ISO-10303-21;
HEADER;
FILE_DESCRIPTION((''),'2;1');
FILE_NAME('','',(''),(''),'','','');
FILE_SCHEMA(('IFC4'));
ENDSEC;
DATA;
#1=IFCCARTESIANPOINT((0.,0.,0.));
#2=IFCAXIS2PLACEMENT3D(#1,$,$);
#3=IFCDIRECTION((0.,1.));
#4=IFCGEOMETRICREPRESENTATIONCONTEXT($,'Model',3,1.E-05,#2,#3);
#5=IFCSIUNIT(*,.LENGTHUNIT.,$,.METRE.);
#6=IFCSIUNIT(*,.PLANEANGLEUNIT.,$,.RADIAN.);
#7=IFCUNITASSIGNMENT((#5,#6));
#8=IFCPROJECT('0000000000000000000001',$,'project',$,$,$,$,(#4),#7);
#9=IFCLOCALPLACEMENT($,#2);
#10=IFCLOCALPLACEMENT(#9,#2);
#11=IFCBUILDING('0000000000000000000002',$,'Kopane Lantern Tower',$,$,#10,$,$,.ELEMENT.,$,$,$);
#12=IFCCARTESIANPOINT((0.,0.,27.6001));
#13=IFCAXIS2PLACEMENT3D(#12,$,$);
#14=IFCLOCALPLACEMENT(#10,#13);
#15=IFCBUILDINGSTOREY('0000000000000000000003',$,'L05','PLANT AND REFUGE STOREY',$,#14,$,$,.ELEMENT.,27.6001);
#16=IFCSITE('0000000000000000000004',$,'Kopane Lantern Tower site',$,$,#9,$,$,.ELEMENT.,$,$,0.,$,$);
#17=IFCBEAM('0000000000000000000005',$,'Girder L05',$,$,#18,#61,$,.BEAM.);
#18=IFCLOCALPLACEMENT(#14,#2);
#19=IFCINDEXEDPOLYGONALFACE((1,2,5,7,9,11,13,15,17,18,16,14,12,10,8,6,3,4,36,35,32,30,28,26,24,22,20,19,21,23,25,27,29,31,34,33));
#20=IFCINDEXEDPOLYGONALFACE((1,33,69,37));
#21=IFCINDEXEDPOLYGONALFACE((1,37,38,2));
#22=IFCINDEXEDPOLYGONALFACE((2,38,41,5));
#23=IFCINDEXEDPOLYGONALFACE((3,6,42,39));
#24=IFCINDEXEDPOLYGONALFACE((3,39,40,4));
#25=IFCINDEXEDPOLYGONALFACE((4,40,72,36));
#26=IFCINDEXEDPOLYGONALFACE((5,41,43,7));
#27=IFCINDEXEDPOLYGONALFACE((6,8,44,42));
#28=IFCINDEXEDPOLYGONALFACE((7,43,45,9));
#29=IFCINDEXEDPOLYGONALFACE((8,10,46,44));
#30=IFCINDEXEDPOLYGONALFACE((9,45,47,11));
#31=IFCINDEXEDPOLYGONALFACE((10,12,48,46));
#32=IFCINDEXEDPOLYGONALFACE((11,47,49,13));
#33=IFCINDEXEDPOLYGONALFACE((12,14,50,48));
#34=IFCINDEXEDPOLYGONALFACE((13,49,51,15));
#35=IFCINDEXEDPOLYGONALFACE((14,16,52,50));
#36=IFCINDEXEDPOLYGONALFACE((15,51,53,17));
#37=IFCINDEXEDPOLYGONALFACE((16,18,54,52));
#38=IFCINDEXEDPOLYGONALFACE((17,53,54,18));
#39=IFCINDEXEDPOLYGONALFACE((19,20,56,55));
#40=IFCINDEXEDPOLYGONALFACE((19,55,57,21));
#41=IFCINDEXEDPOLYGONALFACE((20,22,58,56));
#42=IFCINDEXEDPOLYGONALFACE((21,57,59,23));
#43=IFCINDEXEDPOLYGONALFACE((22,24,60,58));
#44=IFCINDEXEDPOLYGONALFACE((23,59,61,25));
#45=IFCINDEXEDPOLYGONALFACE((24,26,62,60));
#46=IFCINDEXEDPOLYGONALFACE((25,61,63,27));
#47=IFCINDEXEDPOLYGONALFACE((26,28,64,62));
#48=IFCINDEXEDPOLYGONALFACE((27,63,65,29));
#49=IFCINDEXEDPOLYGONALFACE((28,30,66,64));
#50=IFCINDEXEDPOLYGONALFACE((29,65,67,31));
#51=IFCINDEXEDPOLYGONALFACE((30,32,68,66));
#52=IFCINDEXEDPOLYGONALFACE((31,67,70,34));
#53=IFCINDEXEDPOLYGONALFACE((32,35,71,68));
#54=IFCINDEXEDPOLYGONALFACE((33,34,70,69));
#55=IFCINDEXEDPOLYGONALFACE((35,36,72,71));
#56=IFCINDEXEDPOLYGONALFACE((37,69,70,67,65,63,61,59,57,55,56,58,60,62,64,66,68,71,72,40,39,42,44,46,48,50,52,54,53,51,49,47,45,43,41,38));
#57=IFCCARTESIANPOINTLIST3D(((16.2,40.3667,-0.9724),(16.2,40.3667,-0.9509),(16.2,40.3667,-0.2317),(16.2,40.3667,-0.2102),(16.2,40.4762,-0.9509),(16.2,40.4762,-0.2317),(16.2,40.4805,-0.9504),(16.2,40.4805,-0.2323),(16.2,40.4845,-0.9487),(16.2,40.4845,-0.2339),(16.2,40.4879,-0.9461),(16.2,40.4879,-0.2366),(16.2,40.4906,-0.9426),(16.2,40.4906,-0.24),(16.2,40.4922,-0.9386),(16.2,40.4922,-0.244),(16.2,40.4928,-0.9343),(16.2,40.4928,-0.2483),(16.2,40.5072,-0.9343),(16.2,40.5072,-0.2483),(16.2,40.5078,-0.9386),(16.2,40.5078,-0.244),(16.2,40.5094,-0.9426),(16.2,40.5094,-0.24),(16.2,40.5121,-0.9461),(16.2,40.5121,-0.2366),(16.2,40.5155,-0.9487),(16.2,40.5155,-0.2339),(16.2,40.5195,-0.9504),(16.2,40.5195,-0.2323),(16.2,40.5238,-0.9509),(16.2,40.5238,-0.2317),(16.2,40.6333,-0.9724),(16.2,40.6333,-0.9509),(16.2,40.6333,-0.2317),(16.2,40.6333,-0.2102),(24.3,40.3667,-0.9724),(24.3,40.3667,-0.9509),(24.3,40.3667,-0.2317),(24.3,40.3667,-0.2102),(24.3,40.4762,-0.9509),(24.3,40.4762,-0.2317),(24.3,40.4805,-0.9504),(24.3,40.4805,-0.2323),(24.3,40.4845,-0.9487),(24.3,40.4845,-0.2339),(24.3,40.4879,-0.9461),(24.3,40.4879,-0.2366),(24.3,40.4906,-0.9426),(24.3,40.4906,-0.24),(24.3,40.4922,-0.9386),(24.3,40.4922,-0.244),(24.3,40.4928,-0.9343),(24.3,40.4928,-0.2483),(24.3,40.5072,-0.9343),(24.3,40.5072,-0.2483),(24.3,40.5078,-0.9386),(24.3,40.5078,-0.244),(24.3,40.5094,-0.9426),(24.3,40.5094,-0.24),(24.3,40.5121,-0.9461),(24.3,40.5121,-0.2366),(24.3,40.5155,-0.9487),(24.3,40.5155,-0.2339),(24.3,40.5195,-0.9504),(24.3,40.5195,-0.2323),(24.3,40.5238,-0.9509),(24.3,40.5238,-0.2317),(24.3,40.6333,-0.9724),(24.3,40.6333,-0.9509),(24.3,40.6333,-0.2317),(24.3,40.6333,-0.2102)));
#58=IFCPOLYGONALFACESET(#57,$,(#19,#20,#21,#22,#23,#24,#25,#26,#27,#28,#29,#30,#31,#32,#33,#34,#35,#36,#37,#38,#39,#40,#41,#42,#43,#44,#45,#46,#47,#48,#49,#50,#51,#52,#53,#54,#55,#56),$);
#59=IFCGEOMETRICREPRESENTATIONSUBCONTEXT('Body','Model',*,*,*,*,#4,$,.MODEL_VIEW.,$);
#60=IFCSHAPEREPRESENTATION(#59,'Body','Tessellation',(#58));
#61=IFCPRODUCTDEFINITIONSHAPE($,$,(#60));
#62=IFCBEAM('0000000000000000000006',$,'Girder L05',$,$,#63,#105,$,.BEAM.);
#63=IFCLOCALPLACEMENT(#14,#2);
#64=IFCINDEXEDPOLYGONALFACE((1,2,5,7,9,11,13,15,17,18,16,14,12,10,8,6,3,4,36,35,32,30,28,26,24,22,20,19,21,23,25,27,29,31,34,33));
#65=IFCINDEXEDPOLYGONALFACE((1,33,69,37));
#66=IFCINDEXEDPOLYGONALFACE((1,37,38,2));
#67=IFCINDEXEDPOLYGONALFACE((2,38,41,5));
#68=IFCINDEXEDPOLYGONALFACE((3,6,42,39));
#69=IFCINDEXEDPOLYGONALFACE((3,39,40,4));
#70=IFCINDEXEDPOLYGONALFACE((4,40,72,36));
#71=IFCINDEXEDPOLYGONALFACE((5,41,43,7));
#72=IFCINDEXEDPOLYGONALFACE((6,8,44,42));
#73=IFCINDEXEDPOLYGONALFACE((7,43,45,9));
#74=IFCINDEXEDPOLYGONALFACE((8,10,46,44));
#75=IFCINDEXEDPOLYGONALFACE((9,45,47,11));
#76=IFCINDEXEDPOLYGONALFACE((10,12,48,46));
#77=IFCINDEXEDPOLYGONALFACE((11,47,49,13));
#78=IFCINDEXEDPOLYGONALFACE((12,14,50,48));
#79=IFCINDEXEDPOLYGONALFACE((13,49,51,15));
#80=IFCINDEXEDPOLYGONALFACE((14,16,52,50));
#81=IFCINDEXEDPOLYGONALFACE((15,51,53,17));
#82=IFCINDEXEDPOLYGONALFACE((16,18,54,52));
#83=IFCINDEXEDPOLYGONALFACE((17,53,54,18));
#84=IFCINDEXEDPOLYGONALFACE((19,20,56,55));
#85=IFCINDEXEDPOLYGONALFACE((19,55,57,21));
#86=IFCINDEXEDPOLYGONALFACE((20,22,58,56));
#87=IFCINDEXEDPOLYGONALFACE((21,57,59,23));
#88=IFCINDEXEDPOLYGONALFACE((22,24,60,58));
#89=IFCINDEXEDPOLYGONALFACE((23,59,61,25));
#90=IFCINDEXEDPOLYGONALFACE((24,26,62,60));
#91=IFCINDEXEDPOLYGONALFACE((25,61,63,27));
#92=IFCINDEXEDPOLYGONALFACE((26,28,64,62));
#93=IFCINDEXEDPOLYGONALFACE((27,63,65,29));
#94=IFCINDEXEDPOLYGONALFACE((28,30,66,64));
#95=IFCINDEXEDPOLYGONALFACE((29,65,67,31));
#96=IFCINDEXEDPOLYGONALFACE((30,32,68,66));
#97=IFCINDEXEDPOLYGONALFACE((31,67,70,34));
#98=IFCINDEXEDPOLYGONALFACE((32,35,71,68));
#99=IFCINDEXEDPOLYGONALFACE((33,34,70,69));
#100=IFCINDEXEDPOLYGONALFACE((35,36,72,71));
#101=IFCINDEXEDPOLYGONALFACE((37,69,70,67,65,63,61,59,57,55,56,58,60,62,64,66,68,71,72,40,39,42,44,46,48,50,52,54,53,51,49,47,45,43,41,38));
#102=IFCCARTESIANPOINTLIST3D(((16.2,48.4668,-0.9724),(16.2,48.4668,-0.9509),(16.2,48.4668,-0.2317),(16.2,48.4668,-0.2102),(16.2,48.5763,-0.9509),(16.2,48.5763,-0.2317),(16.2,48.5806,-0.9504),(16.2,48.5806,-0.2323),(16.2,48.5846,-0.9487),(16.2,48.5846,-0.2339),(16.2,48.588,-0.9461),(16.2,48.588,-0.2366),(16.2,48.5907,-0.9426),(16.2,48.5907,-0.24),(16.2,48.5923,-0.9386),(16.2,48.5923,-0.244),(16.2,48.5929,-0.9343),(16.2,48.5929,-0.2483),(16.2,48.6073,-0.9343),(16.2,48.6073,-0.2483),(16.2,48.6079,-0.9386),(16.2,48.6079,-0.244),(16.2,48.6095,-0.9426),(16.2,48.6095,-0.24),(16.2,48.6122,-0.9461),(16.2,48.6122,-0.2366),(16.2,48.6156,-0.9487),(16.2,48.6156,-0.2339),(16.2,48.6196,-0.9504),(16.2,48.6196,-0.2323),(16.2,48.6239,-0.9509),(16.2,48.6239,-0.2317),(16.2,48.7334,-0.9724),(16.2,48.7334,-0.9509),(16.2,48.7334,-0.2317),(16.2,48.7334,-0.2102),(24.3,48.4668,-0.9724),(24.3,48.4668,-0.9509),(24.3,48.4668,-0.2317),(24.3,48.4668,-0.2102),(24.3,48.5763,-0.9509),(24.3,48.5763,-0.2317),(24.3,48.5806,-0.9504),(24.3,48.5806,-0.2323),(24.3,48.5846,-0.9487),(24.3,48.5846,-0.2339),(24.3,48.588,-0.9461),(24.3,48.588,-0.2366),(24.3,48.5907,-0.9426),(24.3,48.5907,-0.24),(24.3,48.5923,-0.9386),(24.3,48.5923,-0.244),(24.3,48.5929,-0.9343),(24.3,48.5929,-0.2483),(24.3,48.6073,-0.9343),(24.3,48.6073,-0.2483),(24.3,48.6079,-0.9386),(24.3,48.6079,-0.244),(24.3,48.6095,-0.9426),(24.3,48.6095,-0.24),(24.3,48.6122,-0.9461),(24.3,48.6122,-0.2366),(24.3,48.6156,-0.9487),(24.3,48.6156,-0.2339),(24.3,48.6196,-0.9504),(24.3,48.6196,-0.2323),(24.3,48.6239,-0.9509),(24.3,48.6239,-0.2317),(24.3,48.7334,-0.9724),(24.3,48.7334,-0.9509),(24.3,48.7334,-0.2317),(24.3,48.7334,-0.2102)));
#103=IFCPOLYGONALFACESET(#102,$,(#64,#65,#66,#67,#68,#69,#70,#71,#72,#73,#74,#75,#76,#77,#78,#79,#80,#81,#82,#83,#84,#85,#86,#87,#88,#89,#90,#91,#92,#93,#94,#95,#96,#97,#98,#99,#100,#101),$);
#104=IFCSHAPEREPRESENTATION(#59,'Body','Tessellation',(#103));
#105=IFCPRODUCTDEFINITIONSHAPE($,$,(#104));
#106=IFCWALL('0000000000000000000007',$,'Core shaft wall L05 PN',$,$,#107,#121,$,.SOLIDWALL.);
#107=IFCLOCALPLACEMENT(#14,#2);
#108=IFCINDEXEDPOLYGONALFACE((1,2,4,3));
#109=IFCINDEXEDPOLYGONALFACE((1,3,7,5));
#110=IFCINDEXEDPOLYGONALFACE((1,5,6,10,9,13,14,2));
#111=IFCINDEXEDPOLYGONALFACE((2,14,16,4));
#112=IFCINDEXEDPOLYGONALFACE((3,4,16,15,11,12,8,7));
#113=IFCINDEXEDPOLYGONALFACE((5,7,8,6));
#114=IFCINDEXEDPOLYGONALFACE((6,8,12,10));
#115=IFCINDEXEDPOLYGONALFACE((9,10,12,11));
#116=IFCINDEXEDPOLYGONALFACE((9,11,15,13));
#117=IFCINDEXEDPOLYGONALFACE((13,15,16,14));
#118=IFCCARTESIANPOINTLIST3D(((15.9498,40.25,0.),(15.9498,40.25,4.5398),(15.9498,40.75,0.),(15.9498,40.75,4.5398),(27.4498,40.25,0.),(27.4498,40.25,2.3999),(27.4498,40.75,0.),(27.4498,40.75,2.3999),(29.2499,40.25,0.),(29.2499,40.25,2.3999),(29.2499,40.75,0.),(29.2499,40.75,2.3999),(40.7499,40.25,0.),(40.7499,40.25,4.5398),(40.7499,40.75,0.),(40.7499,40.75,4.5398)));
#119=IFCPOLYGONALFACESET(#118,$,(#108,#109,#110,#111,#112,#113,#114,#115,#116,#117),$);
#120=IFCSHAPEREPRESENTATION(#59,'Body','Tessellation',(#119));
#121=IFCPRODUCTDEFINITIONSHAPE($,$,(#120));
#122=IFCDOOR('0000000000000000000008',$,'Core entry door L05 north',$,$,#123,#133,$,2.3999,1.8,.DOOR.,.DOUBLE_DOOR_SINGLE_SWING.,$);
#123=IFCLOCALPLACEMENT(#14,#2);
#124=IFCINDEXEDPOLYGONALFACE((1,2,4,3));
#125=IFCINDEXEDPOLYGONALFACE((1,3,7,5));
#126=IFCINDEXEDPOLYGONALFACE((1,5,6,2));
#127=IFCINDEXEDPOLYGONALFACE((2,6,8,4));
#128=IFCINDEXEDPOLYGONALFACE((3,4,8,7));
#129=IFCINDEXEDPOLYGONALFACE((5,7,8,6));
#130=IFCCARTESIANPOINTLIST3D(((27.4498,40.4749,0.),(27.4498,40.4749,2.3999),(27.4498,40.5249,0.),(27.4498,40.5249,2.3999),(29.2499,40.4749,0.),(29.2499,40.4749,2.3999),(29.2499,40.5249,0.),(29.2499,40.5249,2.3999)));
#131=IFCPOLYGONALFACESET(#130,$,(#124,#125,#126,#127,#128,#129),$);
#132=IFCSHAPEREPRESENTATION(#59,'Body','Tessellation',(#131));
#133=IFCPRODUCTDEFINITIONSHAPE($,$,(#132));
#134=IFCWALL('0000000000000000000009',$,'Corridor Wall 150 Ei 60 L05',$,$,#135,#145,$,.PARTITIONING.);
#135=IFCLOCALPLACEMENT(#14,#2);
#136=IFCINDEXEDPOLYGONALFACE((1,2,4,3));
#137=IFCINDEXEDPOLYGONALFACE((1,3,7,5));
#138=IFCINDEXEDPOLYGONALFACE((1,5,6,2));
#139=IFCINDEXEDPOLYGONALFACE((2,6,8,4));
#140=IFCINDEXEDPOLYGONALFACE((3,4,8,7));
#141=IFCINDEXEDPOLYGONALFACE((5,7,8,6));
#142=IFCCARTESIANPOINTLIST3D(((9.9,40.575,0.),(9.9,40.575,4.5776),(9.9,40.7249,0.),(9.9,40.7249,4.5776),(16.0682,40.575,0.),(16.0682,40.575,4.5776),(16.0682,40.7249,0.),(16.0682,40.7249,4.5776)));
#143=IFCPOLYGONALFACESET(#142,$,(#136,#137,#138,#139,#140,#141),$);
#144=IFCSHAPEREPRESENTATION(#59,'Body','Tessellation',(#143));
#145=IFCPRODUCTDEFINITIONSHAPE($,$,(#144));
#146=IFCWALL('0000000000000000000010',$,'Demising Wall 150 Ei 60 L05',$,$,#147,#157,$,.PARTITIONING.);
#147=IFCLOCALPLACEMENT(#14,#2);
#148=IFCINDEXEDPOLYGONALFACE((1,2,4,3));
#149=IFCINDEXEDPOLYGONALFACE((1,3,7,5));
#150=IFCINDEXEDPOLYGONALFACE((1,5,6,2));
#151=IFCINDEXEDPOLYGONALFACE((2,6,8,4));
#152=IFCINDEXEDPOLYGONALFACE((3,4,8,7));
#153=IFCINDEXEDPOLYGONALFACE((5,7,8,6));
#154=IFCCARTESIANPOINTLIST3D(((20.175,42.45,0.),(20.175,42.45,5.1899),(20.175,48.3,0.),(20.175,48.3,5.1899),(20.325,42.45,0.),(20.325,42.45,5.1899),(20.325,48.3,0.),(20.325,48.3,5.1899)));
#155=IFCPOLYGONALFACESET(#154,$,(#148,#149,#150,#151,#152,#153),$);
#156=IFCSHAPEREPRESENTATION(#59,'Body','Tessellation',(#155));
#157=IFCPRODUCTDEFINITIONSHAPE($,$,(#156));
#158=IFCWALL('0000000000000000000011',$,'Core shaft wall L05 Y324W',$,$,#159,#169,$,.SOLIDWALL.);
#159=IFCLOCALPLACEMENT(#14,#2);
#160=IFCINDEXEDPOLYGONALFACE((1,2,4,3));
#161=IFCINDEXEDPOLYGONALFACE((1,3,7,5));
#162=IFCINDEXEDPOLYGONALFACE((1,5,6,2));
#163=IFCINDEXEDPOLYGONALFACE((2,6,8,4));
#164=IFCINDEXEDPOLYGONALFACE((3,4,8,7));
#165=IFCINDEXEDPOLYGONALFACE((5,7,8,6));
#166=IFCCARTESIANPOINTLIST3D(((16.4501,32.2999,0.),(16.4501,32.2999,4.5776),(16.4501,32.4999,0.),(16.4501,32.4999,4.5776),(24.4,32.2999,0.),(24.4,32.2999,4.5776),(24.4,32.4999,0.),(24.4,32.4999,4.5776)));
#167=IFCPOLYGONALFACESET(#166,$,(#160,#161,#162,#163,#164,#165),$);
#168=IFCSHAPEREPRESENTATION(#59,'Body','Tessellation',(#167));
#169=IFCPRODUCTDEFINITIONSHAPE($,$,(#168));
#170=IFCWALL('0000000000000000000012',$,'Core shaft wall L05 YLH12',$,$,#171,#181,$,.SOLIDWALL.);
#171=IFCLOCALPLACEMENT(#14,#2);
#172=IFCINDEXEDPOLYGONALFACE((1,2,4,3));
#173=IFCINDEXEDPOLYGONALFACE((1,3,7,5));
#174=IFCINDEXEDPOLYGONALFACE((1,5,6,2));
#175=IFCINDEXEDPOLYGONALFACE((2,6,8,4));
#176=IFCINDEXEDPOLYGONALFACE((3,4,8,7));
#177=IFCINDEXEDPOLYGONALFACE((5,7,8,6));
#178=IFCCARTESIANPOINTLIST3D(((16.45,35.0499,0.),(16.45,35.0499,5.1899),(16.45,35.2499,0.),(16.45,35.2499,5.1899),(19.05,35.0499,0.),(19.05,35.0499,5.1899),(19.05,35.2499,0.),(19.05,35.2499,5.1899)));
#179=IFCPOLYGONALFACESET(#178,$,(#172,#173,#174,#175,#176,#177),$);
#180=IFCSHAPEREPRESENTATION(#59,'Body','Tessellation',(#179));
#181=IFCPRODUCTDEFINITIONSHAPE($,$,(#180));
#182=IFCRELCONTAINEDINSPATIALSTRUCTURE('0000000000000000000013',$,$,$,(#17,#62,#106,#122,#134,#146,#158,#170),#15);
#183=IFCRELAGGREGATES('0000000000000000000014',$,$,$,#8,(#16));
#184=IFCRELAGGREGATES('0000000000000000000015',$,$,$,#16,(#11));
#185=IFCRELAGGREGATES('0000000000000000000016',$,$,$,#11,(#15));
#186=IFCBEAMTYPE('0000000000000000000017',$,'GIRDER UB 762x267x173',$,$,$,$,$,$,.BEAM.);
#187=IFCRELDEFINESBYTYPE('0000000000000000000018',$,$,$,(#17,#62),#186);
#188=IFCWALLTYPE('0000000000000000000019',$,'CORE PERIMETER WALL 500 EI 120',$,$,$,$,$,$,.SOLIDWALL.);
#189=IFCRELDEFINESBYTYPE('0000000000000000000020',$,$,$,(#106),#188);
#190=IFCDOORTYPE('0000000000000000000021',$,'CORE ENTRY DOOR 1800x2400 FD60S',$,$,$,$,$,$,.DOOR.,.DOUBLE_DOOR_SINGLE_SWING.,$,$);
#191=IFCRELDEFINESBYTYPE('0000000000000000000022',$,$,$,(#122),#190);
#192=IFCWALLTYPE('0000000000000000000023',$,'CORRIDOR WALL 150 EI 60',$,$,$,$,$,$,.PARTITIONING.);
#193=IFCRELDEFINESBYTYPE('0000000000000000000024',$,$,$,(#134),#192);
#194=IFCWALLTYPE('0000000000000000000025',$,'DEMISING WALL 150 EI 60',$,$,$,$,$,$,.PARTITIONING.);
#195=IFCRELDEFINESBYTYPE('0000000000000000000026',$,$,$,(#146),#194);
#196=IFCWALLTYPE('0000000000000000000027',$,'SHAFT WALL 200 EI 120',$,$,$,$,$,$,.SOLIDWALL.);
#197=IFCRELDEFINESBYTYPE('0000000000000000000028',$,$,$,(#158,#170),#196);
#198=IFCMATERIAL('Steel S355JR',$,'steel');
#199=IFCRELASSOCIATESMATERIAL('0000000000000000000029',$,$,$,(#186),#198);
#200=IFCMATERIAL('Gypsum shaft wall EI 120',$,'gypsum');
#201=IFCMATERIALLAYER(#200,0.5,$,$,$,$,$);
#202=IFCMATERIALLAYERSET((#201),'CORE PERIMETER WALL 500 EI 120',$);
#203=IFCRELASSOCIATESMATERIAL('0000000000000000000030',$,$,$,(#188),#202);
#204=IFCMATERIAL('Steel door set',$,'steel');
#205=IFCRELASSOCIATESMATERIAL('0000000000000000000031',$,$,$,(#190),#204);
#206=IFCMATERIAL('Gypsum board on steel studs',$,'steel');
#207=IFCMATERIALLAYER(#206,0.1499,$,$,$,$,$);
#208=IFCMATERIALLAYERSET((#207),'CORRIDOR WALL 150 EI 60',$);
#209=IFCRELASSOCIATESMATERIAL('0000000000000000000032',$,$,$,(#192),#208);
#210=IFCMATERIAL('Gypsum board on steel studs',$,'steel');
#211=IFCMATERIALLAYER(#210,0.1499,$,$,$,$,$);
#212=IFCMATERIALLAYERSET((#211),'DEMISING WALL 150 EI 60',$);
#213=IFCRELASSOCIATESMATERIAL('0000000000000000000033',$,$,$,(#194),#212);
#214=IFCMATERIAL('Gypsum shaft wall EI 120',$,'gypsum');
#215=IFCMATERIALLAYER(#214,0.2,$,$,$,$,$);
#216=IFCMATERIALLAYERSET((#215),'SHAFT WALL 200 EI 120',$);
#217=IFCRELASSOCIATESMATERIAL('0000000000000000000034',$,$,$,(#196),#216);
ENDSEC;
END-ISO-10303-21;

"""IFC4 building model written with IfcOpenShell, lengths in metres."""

from ifc_helpers import new_model, si_unit, direction, frame, frame_2d, origin, origin_2d, place, context, subcontext, project, spatial, rectangle, i_section, extrude, material, layer, layer_set, material_profile, profile_set, type_object, element, fill, save


model = new_model("IFC4")

# Units and contexts
model_context = context("Model", 3, precision=1e-05, world=origin(), true_north=direction((0.0, 1.0)))
body_context = subcontext(model_context, "Body", "Model", "MODEL_VIEW")
ifc_project = project(units=[si_unit("LENGTHUNIT", "METRE"), si_unit("PLANEANGLEUNIT", "RADIAN")], contexts=[model_context])

# Site, building, storey
site_placement = place(None, origin())
site = spatial("IfcSite", under=ifc_project, at=site_placement, Name="Kopane Lantern Tower site", CompositionType="ELEMENT", RefElevation=0.0)
building_placement = place(site_placement, origin())
building = spatial("IfcBuilding", under=site, at=building_placement, Name="Kopane Lantern Tower", CompositionType="ELEMENT")
storey_placement = place(building_placement, frame((0.0, 0.0, 27.6001)))
storey = spatial("IfcBuildingStorey", under=building, at=storey_placement, Name="L05", Description="PLANT AND REFUGE STOREY", CompositionType="ELEMENT", Elevation=27.6001)

# Beams
ifc_material_1 = material(Name="Steel S355JR", Category="steel")
ifc_material_profile_1 = material_profile(ifc_material_1, i_section(OverallWidth=0.2666, OverallDepth=0.7622, WebThickness=0.0144, FlangeThickness=0.0215, FilletRadius=0.0166, at=origin_2d()), Name="UB 762x267x173")
ifc_profile_set_1 = profile_set([ifc_material_profile_1], Name="Steel S355JR")
beam_type = type_object("IfcBeamType", Name="GIRDER UB 762x267x173", PredefinedType="BEAM", material=ifc_profile_set_1)
for number, where, z_axis, x_axis, name in (
    (1, (16.2, 40.5, -0.5913), (1.0, 0.0, 0.0), (0.0, 1.0, 0.0), "Girder L05"),
    (2, (16.2, 48.6001, -0.5913), (1.0, 0.0, 0.0), (0.0, 1.0, 0.0), "Girder L05"),
):
    element("IfcBeam", number, at=place(storey_placement, frame(where, z_axis=z_axis, x_axis=x_axis)), inside=storey, type_object=beam_type, Name=name, PredefinedType="BEAM", context=body_context, shape_type="SweptSolid", body=[
        extrude(i_section(OverallWidth=0.2666, OverallDepth=0.7622, WebThickness=0.0144, FlangeThickness=0.0215, FilletRadius=0.0166, at=origin_2d()), origin(), (0.0, 0.0, 1.0), 8.1001),
    ])

# Wall, opening, door
ifc_material_2 = material(Name="Gypsum shaft wall EI 120", Category="gypsum")
ifc_layer_1 = layer(ifc_material_2, 0.5)
ifc_layer_set_1 = layer_set([ifc_layer_1], Name="CORE PERIMETER WALL 500 EI 120")
wall_type_1 = type_object("IfcWallType", Name="CORE PERIMETER WALL 500 EI 120", PredefinedType="SOLIDWALL", material=ifc_layer_set_1)
wall_1_placement = place(storey_placement, frame((15.95, 40.5, 0.0), z_axis=(0.0, 0.0, 1.0), x_axis=(1.0, 0.0, 0.0)))
wall_1 = element("IfcWall", 3, at=wall_1_placement, inside=storey, type_object=wall_type_1, Name="Core shaft wall L05 PN", PredefinedType="SOLIDWALL", context=body_context, shape_type="SweptSolid", body=[
    extrude(rectangle(XDim=24.8, YDim=0.5, at=frame_2d((12.3999, 0.0))), origin(), (0.0, 0.0, 1.0), 4.5398),
])
opening_1_placement = place(wall_1_placement, frame((11.5, 0.0, 0.0)))
opening_1 = element("IfcOpeningElement", 4, at=opening_1_placement, cuts=wall_1, PredefinedType="OPENING", context=body_context, shape_type="SweptSolid", body=[
    extrude(rectangle(XDim=1.8, YDim=2.3999, at=frame_2d((0.8999, 1.2))), frame((0.0, 0.26, 0.0), z_axis=(0.0, -1.0, 0.0), x_axis=(1.0, 0.0, 0.0)), (0.0, 0.0, 1.0), 0.52),
])
ifc_material_3 = material(Name="Steel door set", Category="steel")
door_type_1 = type_object("IfcDoorType", Name="CORE ENTRY DOOR 1800x2400 FD60S", OperationType="DOUBLE_DOOR_SINGLE_SWING", PredefinedType="DOOR", material=ifc_material_3)
door_1_placement = place(opening_1_placement, origin())
door_1 = element("IfcDoor", 5, at=door_1_placement, inside=storey, type_object=door_type_1, Name="Core entry door L05 north", OperationType="DOUBLE_DOOR_SINGLE_SWING", OverallHeight=2.3999, OverallWidth=1.8, PredefinedType="DOOR", context=body_context, shape_type="SweptSolid", body=[
    extrude(rectangle(XDim=1.8, YDim=2.3999, at=frame_2d((0.8999, 1.2))), frame((0.0, 0.0249, 0.0), z_axis=(0.0, -1.0, 0.0), x_axis=(1.0, 0.0, 0.0)), (0.0, 0.0, 1.0), 0.05),
])
fill(opening_1, door_1)

# Walls
ifc_material_4 = material(Name="Gypsum board on steel studs", Category="steel")
ifc_layer_2 = layer(ifc_material_4, 0.1499)
ifc_layer_set_2 = layer_set([ifc_layer_2], Name="CORRIDOR WALL 150 EI 60")
wall_type_2 = type_object("IfcWallType", Name="CORRIDOR WALL 150 EI 60", PredefinedType="PARTITIONING", material=ifc_layer_set_2)
wall_2_placement = place(storey_placement, frame((16.0681, 40.6499, 0.0), z_axis=(0.0, 0.0, 1.0), x_axis=(-1.0, 0.0, 0.0)))
element("IfcWall", 6, at=wall_2_placement, inside=storey, type_object=wall_type_2, Name="Corridor Wall 150 Ei 60 L05", PredefinedType="PARTITIONING", context=body_context, shape_type="SweptSolid", body=[
    extrude(rectangle(XDim=6.1682, YDim=0.1499, at=frame_2d((3.084, 0.0))), origin(), (0.0, 0.0, 1.0), 4.5776),
])
ifc_material_5 = material(Name="Gypsum board on steel studs", Category="steel")
ifc_layer_3 = layer(ifc_material_5, 0.1499)
ifc_layer_set_3 = layer_set([ifc_layer_3], Name="DEMISING WALL 150 EI 60")
wall_type_3 = type_object("IfcWallType", Name="DEMISING WALL 150 EI 60", PredefinedType="PARTITIONING", material=ifc_layer_set_3)
wall_3_placement = place(storey_placement, frame((20.25, 42.45, 0.0), z_axis=(0.0, 0.0, 1.0), x_axis=(0.0, 1.0, 0.0)))
element("IfcWall", 7, at=wall_3_placement, inside=storey, type_object=wall_type_3, Name="Demising Wall 150 Ei 60 L05", PredefinedType="PARTITIONING", context=body_context, shape_type="SweptSolid", body=[
    extrude(rectangle(XDim=5.8501, YDim=0.1499, at=frame_2d((2.925, 0.0))), origin(), (0.0, 0.0, 1.0), 5.1899),
])
ifc_material_6 = material(Name="Gypsum shaft wall EI 120", Category="gypsum")
ifc_layer_4 = layer(ifc_material_6, 0.2)
ifc_layer_set_4 = layer_set([ifc_layer_4], Name="SHAFT WALL 200 EI 120")
wall_type_4 = type_object("IfcWallType", Name="SHAFT WALL 200 EI 120", PredefinedType="SOLIDWALL", material=ifc_layer_set_4)
wall_4_placement = place(storey_placement, frame((16.45, 32.3999, 0.0), z_axis=(0.0, 0.0, 1.0), x_axis=(1.0, 0.0, 0.0)))
element("IfcWall", 8, at=wall_4_placement, inside=storey, type_object=wall_type_4, Name="Core shaft wall L05 Y324W", PredefinedType="SOLIDWALL", context=body_context, shape_type="SweptSolid", body=[
    extrude(rectangle(XDim=7.95, YDim=0.2, at=frame_2d((3.9751, 0.0))), origin(), (0.0, 0.0, 1.0), 4.5776),
])
for number, where, z_axis, x_axis, name in (
    (9, (16.45, 35.1499, 0.0), (0.0, 0.0, 1.0), (1.0, 0.0, 0.0), "Core shaft wall L05 YLH12"),
):
    element("IfcWall", number, at=place(storey_placement, frame(where, z_axis=z_axis, x_axis=x_axis)), inside=storey, type_object=wall_type_4, Name=name, PredefinedType="SOLIDWALL", context=body_context, shape_type="SweptSolid", body=[
        extrude(rectangle(XDim=2.6001, YDim=0.2, at=frame_2d((1.3, 0.0))), origin(), (0.0, 0.0, 1.0), 5.1899),
    ])

save(model, "model.ifc")
